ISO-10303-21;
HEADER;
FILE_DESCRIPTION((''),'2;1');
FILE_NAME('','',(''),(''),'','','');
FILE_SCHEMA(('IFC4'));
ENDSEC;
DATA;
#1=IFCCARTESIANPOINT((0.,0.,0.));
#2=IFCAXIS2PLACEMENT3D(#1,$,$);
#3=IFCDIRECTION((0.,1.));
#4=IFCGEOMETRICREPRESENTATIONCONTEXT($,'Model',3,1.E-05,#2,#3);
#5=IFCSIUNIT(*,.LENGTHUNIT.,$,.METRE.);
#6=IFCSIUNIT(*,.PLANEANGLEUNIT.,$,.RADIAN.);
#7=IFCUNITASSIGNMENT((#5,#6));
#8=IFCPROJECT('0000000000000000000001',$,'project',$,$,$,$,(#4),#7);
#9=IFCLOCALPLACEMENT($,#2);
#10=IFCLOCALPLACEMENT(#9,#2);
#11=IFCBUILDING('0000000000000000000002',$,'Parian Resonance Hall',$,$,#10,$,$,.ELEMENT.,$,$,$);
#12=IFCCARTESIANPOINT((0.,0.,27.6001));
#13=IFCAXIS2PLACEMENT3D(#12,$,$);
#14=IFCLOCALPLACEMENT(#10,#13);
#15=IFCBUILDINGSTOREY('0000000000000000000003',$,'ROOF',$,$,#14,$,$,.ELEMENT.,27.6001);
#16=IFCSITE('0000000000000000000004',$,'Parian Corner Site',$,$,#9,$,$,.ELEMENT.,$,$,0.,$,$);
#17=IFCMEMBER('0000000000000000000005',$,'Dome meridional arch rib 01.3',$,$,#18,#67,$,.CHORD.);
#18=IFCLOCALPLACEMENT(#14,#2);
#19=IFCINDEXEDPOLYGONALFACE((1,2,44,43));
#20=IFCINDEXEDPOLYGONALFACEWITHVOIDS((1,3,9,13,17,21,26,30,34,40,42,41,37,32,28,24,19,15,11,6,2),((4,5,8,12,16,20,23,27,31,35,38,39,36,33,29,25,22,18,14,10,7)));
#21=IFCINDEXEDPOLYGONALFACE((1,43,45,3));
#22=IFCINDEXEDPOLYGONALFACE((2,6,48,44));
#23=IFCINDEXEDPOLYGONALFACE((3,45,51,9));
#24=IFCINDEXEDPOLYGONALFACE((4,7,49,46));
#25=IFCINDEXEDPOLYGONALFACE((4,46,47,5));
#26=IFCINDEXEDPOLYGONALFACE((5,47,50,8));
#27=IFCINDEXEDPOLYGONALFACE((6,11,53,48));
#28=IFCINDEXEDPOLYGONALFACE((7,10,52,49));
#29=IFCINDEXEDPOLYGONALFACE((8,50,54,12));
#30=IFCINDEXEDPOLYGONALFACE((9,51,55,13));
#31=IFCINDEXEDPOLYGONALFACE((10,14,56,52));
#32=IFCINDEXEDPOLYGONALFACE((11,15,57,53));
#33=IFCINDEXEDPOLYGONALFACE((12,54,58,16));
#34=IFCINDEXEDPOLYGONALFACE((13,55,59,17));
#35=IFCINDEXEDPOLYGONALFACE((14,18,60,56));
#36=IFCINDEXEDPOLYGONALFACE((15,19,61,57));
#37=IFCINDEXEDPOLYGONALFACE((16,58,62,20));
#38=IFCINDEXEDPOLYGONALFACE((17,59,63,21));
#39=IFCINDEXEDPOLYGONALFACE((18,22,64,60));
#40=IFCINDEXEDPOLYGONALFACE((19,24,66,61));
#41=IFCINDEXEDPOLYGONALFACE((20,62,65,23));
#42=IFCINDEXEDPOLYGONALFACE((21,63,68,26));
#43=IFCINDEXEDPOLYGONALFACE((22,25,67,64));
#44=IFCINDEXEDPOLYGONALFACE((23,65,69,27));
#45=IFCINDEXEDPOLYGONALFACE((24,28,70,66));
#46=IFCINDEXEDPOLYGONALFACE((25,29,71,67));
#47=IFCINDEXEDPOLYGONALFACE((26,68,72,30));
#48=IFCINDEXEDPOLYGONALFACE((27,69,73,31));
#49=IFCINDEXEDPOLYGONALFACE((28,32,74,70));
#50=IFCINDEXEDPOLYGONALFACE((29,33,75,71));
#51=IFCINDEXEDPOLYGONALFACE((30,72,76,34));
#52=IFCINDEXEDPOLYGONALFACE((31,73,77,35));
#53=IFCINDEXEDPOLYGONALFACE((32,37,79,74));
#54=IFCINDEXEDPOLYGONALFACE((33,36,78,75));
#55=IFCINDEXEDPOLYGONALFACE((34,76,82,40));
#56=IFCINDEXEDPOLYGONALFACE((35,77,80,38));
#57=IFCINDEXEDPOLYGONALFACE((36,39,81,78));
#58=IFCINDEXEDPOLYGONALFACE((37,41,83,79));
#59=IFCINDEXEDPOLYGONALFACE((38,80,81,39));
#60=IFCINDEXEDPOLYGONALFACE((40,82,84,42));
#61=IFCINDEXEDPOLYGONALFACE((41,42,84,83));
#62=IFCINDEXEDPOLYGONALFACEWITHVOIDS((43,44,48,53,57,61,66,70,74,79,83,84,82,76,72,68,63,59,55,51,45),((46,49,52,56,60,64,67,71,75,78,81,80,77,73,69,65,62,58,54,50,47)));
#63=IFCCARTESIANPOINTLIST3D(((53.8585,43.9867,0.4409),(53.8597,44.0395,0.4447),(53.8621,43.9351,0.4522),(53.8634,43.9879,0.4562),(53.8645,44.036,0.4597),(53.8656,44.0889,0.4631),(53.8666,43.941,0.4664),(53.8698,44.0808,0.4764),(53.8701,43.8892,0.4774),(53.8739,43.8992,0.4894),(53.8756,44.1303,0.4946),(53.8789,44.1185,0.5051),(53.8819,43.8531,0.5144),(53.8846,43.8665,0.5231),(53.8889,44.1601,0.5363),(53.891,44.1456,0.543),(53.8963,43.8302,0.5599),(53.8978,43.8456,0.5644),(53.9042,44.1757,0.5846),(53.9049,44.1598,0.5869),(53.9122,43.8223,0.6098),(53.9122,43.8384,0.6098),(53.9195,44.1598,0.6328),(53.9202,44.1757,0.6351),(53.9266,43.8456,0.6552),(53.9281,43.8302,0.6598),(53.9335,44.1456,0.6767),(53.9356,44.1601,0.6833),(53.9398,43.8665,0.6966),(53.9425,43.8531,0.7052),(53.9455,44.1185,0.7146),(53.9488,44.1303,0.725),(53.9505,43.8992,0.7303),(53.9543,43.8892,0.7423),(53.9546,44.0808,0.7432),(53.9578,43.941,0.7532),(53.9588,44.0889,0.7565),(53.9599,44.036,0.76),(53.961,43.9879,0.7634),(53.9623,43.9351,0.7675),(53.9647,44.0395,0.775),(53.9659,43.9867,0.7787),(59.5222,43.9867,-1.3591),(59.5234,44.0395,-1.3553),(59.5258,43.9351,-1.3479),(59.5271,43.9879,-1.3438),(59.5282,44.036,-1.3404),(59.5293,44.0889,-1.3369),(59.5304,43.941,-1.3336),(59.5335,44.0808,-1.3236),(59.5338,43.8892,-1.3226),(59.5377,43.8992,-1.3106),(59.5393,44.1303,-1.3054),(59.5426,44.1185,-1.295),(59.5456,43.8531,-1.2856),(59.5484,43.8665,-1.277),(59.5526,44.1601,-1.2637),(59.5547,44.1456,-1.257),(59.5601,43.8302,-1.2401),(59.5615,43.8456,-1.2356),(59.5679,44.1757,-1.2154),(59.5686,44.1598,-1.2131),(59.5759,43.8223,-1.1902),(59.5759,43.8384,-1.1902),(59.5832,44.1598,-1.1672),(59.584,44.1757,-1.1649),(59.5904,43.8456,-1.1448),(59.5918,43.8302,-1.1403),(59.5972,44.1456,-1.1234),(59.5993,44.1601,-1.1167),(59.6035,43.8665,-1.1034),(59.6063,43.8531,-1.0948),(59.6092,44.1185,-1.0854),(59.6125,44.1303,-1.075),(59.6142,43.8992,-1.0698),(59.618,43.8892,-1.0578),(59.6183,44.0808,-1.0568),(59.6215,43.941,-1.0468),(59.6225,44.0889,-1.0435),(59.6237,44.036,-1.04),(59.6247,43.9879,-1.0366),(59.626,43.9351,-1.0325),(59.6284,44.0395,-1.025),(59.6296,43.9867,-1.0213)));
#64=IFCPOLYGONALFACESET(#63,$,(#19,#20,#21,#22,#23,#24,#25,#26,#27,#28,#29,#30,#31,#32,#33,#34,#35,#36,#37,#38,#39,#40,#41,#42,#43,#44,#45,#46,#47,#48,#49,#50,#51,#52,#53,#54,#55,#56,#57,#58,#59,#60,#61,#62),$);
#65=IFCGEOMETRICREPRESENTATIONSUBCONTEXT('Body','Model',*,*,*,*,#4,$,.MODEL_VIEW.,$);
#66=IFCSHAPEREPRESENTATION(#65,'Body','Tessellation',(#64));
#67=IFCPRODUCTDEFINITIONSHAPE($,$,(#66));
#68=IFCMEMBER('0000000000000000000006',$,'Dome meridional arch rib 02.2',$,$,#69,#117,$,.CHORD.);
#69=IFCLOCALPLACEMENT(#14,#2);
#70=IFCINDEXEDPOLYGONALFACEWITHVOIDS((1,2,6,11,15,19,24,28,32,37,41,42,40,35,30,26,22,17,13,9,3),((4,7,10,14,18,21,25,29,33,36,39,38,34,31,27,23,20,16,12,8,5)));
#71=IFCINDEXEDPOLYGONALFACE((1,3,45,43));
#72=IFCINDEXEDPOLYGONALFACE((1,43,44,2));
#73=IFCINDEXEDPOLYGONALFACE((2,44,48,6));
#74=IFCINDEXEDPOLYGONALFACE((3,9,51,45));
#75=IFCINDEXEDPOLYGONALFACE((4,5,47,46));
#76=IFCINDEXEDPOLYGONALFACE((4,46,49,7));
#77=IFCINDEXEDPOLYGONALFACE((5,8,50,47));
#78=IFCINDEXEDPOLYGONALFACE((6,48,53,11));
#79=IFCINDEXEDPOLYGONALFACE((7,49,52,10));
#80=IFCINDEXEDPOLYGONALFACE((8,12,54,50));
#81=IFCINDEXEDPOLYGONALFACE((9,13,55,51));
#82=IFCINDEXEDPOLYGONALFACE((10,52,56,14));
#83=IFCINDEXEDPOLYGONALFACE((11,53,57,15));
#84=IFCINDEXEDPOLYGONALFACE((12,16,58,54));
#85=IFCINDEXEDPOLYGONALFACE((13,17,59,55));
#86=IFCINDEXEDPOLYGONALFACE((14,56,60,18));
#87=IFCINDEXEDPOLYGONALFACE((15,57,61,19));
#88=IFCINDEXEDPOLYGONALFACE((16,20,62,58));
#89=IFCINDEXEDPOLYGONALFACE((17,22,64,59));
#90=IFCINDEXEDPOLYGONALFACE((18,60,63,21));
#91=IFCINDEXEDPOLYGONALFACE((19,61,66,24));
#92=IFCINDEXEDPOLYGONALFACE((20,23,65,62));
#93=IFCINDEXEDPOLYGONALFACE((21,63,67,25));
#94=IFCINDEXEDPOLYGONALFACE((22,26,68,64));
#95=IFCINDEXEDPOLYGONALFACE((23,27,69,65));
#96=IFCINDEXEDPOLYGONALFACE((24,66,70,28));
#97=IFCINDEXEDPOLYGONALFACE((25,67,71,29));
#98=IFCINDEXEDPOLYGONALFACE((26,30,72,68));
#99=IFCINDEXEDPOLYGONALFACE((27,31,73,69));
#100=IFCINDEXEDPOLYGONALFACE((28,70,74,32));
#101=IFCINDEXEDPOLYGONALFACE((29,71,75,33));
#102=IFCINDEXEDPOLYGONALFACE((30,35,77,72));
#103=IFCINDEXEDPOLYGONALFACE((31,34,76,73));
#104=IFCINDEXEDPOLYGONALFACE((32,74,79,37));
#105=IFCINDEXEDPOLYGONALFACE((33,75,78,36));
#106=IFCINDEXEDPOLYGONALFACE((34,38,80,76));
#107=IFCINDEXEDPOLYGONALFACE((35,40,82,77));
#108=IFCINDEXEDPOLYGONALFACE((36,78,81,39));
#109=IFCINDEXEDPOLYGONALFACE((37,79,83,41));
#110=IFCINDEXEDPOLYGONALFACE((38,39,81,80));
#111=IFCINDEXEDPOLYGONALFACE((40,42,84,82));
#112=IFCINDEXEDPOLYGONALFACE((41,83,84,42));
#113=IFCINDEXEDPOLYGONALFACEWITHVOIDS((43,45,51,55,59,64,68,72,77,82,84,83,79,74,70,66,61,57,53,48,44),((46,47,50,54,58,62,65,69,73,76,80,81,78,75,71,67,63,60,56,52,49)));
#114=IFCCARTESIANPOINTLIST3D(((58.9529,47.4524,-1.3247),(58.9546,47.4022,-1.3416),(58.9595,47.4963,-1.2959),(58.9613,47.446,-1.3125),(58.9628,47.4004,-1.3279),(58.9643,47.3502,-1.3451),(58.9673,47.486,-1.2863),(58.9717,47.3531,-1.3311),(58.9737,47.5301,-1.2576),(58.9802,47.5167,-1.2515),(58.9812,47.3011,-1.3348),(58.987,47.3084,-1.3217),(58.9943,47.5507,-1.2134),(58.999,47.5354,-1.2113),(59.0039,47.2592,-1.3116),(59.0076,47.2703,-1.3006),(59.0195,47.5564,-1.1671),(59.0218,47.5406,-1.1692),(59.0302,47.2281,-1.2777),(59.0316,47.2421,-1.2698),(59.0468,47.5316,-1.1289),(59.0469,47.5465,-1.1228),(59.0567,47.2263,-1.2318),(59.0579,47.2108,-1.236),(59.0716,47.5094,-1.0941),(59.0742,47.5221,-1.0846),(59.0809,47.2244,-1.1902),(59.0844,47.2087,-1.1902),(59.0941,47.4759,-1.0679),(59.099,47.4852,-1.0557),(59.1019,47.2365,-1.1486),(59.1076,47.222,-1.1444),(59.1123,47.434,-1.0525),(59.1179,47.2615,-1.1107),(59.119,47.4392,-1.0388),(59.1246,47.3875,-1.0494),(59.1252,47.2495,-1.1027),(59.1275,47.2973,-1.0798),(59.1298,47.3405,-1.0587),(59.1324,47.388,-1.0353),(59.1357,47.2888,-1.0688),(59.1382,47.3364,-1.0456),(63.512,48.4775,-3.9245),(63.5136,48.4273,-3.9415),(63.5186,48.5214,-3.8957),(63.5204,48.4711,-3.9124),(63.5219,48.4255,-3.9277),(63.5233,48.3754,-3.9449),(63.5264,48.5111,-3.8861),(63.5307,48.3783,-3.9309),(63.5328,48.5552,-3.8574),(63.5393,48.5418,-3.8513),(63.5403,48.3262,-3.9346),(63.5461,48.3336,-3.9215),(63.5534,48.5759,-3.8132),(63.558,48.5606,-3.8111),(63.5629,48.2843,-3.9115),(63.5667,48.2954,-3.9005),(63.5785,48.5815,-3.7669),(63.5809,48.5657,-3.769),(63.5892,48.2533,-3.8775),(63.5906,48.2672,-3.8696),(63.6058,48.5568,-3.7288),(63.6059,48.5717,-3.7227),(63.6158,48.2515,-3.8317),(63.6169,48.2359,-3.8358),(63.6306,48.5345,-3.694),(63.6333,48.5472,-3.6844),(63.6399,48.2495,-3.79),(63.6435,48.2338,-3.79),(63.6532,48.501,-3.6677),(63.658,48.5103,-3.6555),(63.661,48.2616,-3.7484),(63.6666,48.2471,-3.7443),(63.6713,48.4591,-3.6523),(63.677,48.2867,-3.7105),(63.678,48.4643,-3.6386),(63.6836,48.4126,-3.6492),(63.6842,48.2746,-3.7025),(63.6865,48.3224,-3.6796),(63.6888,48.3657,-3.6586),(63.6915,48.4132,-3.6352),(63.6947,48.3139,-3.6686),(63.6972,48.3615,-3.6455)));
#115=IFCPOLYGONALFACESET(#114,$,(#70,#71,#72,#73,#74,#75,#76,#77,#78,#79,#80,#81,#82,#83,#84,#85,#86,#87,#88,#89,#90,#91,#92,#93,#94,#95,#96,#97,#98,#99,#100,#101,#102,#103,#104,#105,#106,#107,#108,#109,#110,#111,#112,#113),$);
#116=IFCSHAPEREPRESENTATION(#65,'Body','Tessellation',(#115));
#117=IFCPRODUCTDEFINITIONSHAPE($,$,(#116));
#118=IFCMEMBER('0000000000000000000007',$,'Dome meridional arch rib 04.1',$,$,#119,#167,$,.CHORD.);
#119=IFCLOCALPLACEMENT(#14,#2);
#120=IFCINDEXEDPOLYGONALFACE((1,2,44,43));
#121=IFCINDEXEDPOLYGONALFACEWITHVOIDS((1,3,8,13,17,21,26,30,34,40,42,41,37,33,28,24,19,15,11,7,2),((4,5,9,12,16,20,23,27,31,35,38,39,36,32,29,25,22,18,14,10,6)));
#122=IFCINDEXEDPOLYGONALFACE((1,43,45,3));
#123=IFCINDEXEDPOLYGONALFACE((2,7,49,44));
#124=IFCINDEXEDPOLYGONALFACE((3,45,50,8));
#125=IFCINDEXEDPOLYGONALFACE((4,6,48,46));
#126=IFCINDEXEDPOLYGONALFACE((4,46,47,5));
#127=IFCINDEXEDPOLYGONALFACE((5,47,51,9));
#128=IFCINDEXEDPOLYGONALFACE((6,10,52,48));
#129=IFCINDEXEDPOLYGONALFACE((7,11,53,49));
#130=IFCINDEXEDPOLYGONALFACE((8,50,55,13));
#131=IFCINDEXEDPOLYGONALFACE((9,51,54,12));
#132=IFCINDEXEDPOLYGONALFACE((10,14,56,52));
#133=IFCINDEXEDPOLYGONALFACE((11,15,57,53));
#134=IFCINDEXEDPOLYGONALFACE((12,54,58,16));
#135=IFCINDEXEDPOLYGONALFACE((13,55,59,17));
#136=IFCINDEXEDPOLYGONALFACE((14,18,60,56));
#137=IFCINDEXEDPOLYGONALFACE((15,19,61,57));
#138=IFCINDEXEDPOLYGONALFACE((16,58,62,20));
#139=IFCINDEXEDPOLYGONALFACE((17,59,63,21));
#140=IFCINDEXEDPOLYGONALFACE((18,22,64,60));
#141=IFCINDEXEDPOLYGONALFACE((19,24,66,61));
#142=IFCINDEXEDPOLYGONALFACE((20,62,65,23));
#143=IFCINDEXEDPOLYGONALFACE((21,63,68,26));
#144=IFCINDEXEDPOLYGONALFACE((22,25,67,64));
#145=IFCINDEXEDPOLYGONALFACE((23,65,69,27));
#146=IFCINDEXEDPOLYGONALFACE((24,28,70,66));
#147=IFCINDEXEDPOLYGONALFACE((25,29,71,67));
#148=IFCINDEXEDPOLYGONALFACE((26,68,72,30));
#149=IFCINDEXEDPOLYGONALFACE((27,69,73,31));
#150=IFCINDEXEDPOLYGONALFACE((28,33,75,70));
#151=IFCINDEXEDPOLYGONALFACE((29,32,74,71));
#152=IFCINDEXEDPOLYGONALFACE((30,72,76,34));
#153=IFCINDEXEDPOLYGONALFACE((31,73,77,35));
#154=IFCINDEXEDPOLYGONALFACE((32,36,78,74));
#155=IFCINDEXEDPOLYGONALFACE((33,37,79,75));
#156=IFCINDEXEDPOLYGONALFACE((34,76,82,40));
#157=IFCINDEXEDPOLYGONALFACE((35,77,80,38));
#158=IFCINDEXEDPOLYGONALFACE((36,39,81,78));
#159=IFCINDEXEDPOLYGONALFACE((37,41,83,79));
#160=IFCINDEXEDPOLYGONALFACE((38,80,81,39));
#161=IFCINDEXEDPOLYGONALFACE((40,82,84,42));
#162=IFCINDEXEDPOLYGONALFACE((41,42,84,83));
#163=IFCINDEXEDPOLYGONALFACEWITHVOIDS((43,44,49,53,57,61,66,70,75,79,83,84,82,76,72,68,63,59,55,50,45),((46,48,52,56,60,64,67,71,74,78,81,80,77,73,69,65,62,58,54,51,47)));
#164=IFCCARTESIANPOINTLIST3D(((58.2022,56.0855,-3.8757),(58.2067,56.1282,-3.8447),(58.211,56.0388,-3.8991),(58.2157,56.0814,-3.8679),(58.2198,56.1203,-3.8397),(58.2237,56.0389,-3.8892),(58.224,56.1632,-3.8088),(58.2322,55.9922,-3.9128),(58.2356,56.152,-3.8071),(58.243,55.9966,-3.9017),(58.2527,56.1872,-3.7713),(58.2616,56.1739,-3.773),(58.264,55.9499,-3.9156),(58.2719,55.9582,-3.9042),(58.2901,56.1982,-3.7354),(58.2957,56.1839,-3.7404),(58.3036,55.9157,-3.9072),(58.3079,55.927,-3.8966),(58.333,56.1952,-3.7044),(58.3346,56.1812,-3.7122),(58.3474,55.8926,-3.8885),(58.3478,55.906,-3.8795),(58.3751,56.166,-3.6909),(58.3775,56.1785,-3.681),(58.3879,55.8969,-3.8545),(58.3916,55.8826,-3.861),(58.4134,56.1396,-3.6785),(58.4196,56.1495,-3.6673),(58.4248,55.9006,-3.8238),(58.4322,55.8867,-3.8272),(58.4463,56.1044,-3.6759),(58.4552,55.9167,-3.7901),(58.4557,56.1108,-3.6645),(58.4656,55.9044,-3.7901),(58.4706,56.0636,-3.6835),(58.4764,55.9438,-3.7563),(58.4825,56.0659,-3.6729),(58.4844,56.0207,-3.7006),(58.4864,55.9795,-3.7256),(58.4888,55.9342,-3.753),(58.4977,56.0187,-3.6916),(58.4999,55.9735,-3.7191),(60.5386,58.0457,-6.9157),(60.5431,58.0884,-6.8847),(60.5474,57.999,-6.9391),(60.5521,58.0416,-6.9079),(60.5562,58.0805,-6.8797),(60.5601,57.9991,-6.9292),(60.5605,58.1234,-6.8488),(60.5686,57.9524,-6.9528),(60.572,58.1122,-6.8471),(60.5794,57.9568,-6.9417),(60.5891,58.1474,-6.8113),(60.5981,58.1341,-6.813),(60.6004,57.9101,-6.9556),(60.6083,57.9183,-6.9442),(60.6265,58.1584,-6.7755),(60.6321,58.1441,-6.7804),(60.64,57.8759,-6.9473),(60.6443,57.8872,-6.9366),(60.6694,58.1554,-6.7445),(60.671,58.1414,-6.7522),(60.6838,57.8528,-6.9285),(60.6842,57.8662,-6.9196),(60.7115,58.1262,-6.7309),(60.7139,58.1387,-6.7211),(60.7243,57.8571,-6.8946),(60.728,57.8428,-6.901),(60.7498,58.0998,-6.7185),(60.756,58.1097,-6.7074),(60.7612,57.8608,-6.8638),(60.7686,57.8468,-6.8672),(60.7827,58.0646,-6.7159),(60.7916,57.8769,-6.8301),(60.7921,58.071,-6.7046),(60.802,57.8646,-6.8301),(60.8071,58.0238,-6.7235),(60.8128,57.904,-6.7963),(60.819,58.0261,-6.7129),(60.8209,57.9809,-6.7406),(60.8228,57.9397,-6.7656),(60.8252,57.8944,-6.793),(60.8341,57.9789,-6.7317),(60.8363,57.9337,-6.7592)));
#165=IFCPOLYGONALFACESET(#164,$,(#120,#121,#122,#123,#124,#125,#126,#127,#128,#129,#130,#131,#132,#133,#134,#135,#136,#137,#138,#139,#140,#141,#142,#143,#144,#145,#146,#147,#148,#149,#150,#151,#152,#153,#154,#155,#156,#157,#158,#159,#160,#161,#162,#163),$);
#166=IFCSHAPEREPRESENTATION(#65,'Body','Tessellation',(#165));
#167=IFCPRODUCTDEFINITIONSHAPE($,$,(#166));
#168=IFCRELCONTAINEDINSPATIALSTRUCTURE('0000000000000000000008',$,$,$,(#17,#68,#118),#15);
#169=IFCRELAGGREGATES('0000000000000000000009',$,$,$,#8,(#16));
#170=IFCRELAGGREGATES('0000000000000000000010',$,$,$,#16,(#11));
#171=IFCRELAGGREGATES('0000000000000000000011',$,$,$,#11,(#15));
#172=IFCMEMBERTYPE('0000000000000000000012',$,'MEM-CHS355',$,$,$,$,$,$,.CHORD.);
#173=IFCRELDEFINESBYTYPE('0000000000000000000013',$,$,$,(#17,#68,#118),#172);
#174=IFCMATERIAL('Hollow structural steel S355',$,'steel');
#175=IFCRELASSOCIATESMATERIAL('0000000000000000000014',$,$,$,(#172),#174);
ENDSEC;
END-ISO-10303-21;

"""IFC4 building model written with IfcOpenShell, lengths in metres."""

from ifc_helpers import new_model, si_unit, direction, frame, origin, origin_2d, place, context, subcontext, project, spatial, hollow_circle, extrude, material, material_profile, profile_set, type_object, element, save


model = new_model("IFC4")

# Units and contexts
model_context = context("Model", 3, precision=1e-05, world=origin(), true_north=direction((0.0, 1.0)))
body_context = subcontext(model_context, "Body", "Model", "MODEL_VIEW")
ifc_project = project(units=[si_unit("LENGTHUNIT", "METRE"), si_unit("PLANEANGLEUNIT", "RADIAN")], contexts=[model_context])

# Site, building, storey
site_placement = place(None, origin())
site = spatial("IfcSite", under=ifc_project, at=site_placement, Name="Parian Corner Site", CompositionType="ELEMENT", RefElevation=0.0)
building_placement = place(site_placement, origin())
building = spatial("IfcBuilding", under=site, at=building_placement, Name="Parian Resonance Hall", CompositionType="ELEMENT")
storey_placement = place(building_placement, frame((0.0, 0.0, 27.6001)))
storey = spatial("IfcBuildingStorey", under=building, at=storey_placement, Name="ROOF", CompositionType="ELEMENT", Elevation=27.6001)

# Members
ifc_material_1 = material(Name="Hollow structural steel S355", Category="steel")
ifc_material_profile_1 = material_profile(ifc_material_1, hollow_circle(Radius=0.1777, WallThickness=0.0161, at=origin_2d()), Name="CHS355.6x16")
ifc_profile_set_1 = profile_set([ifc_material_profile_1], Name="Hollow structural steel S355")
member_type_1 = type_object("IfcMemberType", Name="MEM-CHS355", PredefinedType="CHORD", material=ifc_profile_set_1)
member_1_placement = place(storey_placement, frame((59.5759, 44.0, -1.1902), z_axis=(-0.953027, 0.0, 0.302887), x_axis=(0.0, -1.0, 0.0)))
element("IfcMember", 1, at=member_1_placement, inside=storey, type_object=member_type_1, Name="Dome meridional arch rib 01.3", PredefinedType="CHORD", context=body_context, shape_type="SweptSolid", body=[
    extrude(hollow_circle(Radius=0.1777, WallThickness=0.0161, at=origin_2d()), origin(), (0.0, 0.0, 1.0), 5.9429),
])
member_2_placement = place(storey_placement, frame((63.6045, 48.4072, -3.79), z_axis=(-0.852569, -0.191707, 0.486184), x_axis=(0.21938, -0.975639, 0.0)))
element("IfcMember", 2, at=member_2_placement, inside=storey, type_object=member_type_1, Name="Dome meridional arch rib 02.2", PredefinedType="CHORD", context=body_context, shape_type="SweptSolid", body=[
    extrude(hollow_circle(Radius=0.1777, WallThickness=0.0161, at=origin_2d()), origin(), (0.0, 0.0, 1.0), 5.3474),
])
for number, where, z_axis, x_axis, name in (
    (3, (60.6877, 58.0007, -6.8301), (-0.542576, -0.455208, 0.705972), (0.642732, -0.766091, 0.0), "Dome meridional arch rib 04.1"),
):
    element("IfcMember", number, at=place(storey_placement, frame(where, z_axis=z_axis, x_axis=x_axis)), inside=storey, type_object=member_type_1, Name=name, PredefinedType="CHORD", context=body_context, shape_type="SweptSolid", body=[
        extrude(hollow_circle(Radius=0.1777, WallThickness=0.0161, at=origin_2d()), origin(), (0.0, 0.0, 1.0), 4.3062),
    ])

save(model, "model.ifc")
